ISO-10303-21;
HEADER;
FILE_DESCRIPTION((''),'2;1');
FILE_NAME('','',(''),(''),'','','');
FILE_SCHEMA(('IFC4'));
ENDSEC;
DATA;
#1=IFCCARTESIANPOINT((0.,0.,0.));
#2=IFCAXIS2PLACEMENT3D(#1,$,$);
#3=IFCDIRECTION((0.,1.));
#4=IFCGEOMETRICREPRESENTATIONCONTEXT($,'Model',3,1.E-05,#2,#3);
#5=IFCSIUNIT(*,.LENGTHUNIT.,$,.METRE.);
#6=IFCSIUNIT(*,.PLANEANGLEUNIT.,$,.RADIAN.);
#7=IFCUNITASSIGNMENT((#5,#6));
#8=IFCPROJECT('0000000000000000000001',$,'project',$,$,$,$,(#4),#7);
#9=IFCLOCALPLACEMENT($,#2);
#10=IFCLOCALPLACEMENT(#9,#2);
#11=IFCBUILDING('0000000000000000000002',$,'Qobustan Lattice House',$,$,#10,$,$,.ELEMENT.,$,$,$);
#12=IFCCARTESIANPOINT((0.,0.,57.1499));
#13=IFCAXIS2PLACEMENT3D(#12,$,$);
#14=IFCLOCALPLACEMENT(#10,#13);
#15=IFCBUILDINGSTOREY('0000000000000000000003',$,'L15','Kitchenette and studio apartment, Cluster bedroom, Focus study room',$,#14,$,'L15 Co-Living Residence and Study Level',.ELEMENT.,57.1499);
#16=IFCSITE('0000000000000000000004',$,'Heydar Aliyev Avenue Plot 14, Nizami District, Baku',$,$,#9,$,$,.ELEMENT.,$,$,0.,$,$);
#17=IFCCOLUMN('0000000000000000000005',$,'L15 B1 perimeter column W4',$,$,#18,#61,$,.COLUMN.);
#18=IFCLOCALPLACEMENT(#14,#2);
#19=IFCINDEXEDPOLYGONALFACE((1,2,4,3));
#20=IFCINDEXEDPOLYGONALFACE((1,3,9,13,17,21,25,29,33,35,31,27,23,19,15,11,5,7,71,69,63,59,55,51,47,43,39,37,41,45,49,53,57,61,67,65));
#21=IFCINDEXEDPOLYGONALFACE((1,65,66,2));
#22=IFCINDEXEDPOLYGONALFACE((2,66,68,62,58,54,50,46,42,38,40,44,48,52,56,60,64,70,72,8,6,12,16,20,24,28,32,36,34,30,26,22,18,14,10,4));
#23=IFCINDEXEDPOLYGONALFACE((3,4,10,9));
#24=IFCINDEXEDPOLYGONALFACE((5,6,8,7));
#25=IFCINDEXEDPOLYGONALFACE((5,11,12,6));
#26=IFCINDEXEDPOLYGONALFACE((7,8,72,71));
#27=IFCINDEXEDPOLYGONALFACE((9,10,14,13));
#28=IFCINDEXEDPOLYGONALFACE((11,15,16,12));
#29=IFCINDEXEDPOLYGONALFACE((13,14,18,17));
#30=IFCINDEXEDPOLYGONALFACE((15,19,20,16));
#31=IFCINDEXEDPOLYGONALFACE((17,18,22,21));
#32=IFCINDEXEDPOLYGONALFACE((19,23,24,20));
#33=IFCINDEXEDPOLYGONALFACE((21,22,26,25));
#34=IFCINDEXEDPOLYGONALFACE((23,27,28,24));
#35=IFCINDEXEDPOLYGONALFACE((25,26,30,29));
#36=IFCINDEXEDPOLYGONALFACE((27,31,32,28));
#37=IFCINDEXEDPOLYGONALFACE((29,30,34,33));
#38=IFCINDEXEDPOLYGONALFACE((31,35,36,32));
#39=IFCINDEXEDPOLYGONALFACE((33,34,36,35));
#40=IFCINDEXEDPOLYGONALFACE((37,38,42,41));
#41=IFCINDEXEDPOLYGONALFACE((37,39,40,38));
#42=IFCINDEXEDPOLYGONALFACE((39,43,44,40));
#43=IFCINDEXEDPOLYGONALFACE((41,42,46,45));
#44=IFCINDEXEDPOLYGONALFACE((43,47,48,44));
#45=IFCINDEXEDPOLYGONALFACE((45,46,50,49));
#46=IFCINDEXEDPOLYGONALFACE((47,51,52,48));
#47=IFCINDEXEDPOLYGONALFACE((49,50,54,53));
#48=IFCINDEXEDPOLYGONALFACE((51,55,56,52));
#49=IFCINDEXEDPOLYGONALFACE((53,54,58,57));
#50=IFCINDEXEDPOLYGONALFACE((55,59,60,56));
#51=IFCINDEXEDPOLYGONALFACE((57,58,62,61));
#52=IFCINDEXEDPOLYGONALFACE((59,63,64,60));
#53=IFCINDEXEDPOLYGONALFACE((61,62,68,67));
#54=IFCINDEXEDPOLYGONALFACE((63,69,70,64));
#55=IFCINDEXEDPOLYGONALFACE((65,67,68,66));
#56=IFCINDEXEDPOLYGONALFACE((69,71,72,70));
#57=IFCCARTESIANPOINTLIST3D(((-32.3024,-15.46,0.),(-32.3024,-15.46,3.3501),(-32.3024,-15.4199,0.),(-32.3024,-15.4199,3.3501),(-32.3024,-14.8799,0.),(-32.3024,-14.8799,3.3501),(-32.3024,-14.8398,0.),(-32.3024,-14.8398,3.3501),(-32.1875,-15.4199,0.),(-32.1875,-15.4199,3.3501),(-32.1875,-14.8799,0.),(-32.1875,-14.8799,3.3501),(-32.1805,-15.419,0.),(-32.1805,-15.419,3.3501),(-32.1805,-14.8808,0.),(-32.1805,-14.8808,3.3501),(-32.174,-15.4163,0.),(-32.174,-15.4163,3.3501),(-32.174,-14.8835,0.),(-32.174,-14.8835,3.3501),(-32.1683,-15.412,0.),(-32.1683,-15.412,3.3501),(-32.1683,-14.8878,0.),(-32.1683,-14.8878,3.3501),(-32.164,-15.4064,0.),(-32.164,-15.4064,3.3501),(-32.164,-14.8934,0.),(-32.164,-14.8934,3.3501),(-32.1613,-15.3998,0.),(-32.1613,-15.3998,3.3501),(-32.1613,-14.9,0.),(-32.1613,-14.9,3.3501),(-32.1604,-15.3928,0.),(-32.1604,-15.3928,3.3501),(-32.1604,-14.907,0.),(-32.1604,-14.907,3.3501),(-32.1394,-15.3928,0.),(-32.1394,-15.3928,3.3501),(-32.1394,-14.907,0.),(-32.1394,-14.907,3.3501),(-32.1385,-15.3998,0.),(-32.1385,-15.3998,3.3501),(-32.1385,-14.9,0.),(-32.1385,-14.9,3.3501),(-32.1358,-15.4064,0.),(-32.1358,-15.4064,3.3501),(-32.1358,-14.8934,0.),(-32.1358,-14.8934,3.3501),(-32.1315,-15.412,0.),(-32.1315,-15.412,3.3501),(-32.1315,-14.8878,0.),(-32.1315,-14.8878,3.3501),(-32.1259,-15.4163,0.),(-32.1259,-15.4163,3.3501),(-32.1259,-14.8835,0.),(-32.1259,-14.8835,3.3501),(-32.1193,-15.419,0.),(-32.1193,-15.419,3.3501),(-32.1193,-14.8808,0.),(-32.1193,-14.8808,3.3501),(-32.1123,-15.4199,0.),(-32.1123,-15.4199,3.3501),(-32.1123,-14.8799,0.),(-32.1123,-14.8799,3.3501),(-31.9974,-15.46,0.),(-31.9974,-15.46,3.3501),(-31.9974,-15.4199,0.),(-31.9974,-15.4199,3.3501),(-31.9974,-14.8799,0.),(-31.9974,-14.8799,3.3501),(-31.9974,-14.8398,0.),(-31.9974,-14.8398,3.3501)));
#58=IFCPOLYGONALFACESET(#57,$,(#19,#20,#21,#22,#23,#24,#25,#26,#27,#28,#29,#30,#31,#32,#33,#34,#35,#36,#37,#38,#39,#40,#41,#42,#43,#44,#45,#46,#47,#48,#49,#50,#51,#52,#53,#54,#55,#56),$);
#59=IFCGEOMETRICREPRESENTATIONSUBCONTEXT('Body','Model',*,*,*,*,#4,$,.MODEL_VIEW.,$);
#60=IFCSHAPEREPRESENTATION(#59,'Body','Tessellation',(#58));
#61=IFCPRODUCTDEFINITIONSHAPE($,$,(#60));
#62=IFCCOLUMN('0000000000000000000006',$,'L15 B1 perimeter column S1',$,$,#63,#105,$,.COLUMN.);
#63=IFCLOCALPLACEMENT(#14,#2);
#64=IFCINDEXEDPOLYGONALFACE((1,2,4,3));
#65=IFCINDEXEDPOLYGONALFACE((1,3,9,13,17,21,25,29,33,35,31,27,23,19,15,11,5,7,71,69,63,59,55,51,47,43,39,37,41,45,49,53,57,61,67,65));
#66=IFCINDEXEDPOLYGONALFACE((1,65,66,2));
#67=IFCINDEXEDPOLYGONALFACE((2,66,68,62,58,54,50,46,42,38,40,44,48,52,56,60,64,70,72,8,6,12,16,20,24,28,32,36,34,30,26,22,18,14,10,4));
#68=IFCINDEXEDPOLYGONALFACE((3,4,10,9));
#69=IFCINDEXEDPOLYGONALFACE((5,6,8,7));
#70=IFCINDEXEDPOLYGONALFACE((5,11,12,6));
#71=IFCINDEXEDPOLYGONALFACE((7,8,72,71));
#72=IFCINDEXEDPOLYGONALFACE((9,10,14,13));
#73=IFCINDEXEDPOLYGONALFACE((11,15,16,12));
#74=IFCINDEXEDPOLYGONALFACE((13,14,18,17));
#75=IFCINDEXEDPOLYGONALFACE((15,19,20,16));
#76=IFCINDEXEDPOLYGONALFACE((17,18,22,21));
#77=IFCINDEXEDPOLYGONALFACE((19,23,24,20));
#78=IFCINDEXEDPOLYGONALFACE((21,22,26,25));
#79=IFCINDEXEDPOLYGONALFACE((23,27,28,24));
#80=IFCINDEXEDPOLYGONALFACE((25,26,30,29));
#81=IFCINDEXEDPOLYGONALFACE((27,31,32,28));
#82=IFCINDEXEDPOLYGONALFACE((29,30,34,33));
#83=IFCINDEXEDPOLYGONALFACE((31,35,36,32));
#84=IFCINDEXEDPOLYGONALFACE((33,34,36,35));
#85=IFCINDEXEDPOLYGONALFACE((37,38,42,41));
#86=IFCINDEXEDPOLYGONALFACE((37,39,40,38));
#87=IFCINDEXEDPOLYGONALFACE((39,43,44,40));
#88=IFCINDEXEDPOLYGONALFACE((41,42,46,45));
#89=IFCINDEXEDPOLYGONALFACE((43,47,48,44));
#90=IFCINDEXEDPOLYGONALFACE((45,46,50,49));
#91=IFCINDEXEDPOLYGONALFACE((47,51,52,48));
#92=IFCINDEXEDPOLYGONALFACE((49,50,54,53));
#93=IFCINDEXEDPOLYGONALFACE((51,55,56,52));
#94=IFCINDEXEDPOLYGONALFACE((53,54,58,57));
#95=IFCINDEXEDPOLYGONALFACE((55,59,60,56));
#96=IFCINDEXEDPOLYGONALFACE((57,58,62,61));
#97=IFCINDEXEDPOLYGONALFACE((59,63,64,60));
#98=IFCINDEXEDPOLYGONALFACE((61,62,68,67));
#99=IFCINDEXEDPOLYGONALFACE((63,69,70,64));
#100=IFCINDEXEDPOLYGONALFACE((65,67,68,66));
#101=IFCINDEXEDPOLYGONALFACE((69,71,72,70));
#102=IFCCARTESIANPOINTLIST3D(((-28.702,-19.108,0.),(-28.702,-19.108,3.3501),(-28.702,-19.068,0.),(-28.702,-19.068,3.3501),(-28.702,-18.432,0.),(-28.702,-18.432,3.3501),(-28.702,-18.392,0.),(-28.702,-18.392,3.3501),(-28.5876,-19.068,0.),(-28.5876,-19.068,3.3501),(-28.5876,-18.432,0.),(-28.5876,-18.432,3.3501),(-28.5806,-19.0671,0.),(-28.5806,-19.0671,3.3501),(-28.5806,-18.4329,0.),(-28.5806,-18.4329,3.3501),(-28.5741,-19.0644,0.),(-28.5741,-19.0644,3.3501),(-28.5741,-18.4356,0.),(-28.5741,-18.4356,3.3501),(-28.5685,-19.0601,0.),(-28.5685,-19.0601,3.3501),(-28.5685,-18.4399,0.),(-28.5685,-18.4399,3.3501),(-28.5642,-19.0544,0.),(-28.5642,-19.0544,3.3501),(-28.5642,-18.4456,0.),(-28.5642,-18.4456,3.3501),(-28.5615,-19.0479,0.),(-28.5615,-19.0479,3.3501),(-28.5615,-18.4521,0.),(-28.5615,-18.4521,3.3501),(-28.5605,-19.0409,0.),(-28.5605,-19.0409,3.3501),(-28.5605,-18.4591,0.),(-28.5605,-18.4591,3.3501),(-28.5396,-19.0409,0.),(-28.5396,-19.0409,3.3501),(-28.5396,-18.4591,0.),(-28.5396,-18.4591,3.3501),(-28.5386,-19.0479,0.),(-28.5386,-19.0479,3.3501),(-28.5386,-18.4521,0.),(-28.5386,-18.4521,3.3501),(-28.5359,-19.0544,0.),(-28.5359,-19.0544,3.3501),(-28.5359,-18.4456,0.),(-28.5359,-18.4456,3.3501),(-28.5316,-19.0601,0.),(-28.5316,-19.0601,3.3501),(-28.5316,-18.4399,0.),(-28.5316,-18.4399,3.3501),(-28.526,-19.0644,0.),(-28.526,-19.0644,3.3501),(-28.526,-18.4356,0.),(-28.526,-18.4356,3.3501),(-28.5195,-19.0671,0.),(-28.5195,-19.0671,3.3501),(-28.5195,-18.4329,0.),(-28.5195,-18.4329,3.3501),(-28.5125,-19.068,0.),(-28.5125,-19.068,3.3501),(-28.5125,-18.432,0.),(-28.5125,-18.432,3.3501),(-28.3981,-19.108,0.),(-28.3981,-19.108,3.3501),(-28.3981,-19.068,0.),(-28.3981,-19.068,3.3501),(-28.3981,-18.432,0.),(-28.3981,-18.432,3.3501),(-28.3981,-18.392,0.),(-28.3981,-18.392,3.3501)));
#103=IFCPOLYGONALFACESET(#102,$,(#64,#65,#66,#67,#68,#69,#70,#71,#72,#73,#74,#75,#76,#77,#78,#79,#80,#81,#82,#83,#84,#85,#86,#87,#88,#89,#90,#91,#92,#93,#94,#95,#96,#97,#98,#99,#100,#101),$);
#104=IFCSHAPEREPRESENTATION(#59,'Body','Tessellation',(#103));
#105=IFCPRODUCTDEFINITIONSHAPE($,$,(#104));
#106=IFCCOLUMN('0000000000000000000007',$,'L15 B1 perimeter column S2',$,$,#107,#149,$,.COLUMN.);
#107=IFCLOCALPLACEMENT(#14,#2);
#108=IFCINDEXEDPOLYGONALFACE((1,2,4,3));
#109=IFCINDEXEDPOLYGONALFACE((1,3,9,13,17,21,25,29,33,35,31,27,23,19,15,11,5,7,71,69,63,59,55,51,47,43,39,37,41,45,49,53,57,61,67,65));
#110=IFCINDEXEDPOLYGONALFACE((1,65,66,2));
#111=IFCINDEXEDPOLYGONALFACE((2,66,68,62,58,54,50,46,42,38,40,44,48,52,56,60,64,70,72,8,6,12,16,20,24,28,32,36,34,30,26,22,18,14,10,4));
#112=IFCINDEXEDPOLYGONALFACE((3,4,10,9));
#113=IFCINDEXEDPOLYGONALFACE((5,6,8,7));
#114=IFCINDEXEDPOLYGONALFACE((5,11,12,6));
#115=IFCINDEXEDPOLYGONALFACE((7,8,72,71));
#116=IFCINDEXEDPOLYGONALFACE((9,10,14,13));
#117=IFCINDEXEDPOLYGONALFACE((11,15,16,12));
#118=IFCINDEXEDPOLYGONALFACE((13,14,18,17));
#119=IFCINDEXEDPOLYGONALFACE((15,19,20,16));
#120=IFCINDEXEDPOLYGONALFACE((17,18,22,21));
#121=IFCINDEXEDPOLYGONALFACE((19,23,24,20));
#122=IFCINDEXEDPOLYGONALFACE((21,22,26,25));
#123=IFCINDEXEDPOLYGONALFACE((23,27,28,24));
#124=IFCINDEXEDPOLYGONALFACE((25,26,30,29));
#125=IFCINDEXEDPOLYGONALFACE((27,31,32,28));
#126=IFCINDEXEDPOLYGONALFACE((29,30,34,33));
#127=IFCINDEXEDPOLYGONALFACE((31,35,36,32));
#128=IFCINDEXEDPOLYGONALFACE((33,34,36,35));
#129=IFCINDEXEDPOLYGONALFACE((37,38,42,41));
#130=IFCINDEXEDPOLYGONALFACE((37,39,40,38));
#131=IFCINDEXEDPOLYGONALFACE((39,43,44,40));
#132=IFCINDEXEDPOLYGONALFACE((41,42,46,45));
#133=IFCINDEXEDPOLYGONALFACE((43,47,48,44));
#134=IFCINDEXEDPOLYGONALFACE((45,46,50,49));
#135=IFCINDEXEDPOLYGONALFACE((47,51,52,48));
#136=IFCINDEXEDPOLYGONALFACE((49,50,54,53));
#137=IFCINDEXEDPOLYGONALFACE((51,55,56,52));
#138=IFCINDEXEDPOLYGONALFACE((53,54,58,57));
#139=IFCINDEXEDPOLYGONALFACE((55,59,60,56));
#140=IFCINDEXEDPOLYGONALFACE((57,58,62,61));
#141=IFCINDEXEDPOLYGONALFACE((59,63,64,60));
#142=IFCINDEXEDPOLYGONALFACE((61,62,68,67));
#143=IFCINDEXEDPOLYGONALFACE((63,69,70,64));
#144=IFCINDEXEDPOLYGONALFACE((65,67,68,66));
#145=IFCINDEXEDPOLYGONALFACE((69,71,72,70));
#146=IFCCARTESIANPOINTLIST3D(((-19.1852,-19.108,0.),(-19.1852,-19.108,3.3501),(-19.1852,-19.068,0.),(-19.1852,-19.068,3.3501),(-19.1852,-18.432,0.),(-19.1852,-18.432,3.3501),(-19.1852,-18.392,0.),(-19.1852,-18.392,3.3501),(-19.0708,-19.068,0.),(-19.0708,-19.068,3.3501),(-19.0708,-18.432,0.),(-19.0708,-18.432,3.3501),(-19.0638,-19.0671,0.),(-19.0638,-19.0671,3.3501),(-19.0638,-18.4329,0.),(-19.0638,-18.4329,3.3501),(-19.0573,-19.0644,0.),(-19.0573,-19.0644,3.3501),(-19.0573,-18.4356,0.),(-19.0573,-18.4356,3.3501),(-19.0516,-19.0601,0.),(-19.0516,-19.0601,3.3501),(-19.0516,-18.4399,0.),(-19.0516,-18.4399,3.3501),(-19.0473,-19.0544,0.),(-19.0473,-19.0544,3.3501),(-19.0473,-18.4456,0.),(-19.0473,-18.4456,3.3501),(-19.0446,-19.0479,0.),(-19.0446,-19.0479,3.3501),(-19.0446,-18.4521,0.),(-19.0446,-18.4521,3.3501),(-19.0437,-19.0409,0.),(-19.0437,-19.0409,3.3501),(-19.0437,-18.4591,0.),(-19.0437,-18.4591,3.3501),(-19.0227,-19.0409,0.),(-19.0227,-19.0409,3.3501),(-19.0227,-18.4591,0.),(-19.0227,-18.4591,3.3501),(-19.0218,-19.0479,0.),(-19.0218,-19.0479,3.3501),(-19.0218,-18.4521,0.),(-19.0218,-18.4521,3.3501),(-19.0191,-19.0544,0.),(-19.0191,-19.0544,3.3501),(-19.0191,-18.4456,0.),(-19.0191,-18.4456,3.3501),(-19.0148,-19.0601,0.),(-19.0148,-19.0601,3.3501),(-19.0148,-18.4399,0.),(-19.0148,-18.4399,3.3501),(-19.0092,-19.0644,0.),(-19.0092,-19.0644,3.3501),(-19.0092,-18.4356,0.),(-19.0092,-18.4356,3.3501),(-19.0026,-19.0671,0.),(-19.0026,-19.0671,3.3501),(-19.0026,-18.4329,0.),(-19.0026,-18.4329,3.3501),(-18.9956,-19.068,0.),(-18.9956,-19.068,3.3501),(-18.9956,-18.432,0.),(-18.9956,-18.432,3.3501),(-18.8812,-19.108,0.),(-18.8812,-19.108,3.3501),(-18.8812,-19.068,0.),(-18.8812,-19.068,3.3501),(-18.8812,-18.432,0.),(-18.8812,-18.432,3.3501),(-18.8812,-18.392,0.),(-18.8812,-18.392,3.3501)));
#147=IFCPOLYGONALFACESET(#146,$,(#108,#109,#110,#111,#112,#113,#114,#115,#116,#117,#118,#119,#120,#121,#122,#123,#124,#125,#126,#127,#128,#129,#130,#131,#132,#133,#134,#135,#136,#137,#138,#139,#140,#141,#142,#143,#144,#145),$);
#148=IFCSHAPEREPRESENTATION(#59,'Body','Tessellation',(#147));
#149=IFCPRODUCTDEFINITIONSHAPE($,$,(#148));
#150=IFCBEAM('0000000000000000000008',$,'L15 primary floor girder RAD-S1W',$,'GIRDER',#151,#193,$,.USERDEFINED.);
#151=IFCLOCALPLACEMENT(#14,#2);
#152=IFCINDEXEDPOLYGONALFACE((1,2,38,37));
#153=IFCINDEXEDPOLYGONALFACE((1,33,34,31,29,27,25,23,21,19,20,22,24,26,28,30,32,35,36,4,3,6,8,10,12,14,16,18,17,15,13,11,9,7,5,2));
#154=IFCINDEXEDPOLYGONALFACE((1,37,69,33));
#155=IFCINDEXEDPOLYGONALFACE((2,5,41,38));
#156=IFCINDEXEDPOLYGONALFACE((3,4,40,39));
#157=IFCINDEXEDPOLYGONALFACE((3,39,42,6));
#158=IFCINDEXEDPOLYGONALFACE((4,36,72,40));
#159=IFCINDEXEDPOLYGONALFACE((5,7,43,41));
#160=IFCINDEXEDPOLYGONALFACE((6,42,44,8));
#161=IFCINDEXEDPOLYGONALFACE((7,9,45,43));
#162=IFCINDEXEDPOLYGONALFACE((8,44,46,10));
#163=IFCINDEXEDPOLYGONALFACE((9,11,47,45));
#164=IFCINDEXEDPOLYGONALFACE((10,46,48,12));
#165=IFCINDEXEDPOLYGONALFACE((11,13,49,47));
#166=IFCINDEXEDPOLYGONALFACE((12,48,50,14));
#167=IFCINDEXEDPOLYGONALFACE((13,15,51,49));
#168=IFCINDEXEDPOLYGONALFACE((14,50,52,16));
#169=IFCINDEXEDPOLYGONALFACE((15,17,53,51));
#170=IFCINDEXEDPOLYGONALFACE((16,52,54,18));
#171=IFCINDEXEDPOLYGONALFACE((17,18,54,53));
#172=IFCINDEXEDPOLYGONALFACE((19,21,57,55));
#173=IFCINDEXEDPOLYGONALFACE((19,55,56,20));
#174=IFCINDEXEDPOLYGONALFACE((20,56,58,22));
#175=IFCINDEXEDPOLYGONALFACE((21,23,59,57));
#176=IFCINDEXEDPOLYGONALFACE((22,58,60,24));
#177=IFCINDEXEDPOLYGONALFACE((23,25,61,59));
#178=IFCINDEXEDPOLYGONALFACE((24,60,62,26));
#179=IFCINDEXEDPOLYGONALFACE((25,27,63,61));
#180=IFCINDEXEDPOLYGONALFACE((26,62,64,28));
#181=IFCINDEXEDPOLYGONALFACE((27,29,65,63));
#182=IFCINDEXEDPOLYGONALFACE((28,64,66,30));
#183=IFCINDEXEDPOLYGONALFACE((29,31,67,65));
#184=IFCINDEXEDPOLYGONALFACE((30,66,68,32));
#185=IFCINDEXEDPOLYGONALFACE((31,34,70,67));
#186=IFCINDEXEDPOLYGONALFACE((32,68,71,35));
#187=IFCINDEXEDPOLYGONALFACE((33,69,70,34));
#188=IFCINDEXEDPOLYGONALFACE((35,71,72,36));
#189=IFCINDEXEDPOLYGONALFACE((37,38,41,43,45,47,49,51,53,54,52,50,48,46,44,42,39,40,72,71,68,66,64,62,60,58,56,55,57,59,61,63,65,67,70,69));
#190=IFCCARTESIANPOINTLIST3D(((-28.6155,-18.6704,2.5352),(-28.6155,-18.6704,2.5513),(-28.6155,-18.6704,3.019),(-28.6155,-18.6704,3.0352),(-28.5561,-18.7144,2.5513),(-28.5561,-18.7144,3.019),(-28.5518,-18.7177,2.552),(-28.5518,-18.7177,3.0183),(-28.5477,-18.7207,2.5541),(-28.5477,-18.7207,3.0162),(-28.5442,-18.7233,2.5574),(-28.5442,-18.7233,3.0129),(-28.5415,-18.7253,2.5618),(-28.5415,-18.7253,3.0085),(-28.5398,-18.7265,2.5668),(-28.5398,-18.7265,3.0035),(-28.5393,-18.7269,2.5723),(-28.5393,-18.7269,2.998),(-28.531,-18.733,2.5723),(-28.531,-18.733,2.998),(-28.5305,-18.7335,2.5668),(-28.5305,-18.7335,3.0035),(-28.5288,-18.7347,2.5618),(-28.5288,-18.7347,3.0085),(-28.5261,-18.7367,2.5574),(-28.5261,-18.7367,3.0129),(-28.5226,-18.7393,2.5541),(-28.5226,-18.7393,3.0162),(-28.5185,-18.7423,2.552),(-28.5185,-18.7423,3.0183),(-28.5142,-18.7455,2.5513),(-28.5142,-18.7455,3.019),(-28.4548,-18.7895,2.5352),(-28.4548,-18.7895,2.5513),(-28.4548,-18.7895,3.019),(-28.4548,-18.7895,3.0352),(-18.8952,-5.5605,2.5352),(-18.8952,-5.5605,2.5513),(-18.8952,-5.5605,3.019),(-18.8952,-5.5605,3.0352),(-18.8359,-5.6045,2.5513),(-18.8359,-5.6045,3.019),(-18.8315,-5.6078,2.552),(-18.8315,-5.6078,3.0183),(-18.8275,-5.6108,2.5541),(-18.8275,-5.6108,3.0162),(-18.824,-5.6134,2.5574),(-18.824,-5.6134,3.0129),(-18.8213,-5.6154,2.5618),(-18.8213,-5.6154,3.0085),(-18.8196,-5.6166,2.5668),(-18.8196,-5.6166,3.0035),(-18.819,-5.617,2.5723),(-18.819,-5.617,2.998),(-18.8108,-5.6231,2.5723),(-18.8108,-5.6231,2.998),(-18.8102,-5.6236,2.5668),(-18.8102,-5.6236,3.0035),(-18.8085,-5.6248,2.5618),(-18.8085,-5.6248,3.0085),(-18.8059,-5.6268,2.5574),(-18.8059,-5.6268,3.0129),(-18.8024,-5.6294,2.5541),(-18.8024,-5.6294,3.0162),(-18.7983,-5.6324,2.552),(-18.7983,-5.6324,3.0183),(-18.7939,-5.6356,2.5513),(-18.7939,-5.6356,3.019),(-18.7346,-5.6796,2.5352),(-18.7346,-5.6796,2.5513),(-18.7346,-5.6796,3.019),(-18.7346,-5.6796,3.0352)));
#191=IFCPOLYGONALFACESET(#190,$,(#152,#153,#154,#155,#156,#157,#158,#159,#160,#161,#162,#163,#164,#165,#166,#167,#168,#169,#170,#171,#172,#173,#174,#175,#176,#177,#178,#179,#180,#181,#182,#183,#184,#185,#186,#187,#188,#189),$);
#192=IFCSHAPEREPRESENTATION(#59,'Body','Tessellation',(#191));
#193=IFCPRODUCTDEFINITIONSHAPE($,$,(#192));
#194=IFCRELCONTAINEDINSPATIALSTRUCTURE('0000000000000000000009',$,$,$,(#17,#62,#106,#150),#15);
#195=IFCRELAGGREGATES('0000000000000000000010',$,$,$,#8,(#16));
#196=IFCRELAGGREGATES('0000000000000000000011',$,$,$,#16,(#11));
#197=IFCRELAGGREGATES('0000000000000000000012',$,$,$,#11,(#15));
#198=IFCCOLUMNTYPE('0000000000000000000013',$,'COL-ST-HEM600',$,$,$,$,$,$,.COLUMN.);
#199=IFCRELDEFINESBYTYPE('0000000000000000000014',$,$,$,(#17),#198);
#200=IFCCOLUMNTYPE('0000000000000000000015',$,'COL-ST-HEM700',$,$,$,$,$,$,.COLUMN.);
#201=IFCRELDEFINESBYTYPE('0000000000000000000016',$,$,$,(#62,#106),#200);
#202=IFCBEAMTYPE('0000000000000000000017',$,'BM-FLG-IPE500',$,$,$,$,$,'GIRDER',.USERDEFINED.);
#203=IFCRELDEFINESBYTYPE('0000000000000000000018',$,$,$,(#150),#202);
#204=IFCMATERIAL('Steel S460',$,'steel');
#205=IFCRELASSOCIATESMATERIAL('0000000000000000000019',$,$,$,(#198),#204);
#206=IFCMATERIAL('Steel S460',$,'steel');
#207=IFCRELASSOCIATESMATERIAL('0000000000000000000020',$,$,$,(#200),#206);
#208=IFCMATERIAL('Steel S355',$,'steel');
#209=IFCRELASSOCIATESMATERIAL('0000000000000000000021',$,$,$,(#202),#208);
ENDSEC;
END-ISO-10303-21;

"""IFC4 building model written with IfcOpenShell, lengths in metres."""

from ifc_helpers import new_model, si_unit, direction, frame, origin, origin_2d, place, context, subcontext, project, spatial, i_section, extrude, material, material_profile, profile_set, type_object, element, save


model = new_model("IFC4")

# Units and contexts
model_context = context("Model", 3, precision=1e-05, world=origin(), true_north=direction((0.0, 1.0)))
body_context = subcontext(model_context, "Body", "Model", "MODEL_VIEW")
ifc_project = project(units=[si_unit("LENGTHUNIT", "METRE"), si_unit("PLANEANGLEUNIT", "RADIAN")], contexts=[model_context])

# Site, building, storey
site_placement = place(None, origin())
site = spatial("IfcSite", under=ifc_project, at=site_placement, Name="Heydar Aliyev Avenue Plot 14, Nizami District, Baku", CompositionType="ELEMENT", RefElevation=0.0)
building_placement = place(site_placement, origin())
building = spatial("IfcBuilding", under=site, at=building_placement, Name="Qobustan Lattice House", CompositionType="ELEMENT")
storey_placement = place(building_placement, frame((0.0, 0.0, 57.1499)))
storey = spatial("IfcBuildingStorey", under=building, at=storey_placement, Name="L15", Description="Kitchenette and studio apartment, Cluster bedroom, Focus study room", LongName="L15 Co-Living Residence and Study Level", CompositionType="ELEMENT", Elevation=57.1499)

# Columns
ifc_material_1 = material(Name="Steel S460", Category="steel")
ifc_material_profile_1 = material_profile(ifc_material_1, i_section(OverallWidth=0.3049, OverallDepth=0.6201, WebThickness=0.021, FlangeThickness=0.04, FilletRadius=0.0271, at=origin_2d()), Name="HEM600")
ifc_profile_set_1 = profile_set([ifc_material_profile_1], Name="Steel S460")
column_type_1 = type_object("IfcColumnType", Name="COL-ST-HEM600", PredefinedType="COLUMN", material=ifc_profile_set_1)
column_placement = place(storey_placement, frame((-32.1499, -15.1499, 0.0), z_axis=(0.0, 0.0, 1.0), x_axis=(1.0, 0.0, 0.0)))
element("IfcColumn", 1, at=column_placement, inside=storey, type_object=column_type_1, Name="L15 B1 perimeter column W4", PredefinedType="COLUMN", context=body_context, shape_type="SweptSolid", body=[
    extrude(i_section(OverallWidth=0.3049, OverallDepth=0.6201, WebThickness=0.021, FlangeThickness=0.04, FilletRadius=0.0271, at=origin_2d()), origin(), (0.0, 0.0, 1.0), 3.3501),
])
ifc_material_2 = material(Name="Steel S460", Category="steel")
ifc_material_profile_2 = material_profile(ifc_material_2, i_section(OverallWidth=0.304, OverallDepth=0.7161, WebThickness=0.021, FlangeThickness=0.04, FilletRadius=0.0271, at=origin_2d()), Name="HEM700")
ifc_profile_set_2 = profile_set([ifc_material_profile_2], Name="Steel S460")
column_type_2 = type_object("IfcColumnType", Name="COL-ST-HEM700", PredefinedType="COLUMN", material=ifc_profile_set_2)
for number, where, z_axis, x_axis, name in (
    (2, (-28.55, -18.75, 0.0), (0.0, 0.0, 1.0), (1.0, 0.0, 0.0), "L15 B1 perimeter column S1"),
    (3, (-19.0332, -18.75, 0.0), (0.0, 0.0, 1.0), (1.0, 0.0, 0.0), "L15 B1 perimeter column S2"),
):
    element("IfcColumn", number, at=place(storey_placement, frame(where, z_axis=z_axis, x_axis=x_axis)), inside=storey, type_object=column_type_2, Name=name, PredefinedType="COLUMN", context=body_context, shape_type="SweptSolid", body=[
        extrude(i_section(OverallWidth=0.304, OverallDepth=0.7161, WebThickness=0.021, FlangeThickness=0.04, FilletRadius=0.0271, at=origin_2d()), origin(), (0.0, 0.0, 1.0), 3.3501),
    ])

# Beam
ifc_material_3 = material(Name="Steel S355", Category="steel")
ifc_material_profile_3 = material_profile(ifc_material_3, i_section(OverallWidth=0.2, OverallDepth=0.5, WebThickness=0.0103, FlangeThickness=0.0161, FilletRadius=0.021, at=origin_2d()), Name="IPE500")
ifc_profile_set_3 = profile_set([ifc_material_profile_3], Name="Steel S355")
beam_type_1 = type_object("IfcBeamType", Name="BM-FLG-IPE500", ElementType="GIRDER", PredefinedType="USERDEFINED", material=ifc_profile_set_3)
beam_1_placement = place(storey_placement, frame((-28.5352, -18.73, 2.7852), z_axis=(0.595592, 0.803287, 0.0), x_axis=(-0.803287, 0.595592, 0.0)))
element("IfcBeam", 4, at=beam_1_placement, inside=storey, type_object=beam_type_1, Name="L15 primary floor girder RAD-S1W", ObjectType="GIRDER", PredefinedType="USERDEFINED", context=body_context, shape_type="SweptSolid", body=[
    extrude(i_section(OverallWidth=0.2, OverallDepth=0.5, WebThickness=0.0103, FlangeThickness=0.0161, FilletRadius=0.021, at=origin_2d()), origin(), (0.0, 0.0, 1.0), 16.3203),
])

save(model, "model.ifc")
